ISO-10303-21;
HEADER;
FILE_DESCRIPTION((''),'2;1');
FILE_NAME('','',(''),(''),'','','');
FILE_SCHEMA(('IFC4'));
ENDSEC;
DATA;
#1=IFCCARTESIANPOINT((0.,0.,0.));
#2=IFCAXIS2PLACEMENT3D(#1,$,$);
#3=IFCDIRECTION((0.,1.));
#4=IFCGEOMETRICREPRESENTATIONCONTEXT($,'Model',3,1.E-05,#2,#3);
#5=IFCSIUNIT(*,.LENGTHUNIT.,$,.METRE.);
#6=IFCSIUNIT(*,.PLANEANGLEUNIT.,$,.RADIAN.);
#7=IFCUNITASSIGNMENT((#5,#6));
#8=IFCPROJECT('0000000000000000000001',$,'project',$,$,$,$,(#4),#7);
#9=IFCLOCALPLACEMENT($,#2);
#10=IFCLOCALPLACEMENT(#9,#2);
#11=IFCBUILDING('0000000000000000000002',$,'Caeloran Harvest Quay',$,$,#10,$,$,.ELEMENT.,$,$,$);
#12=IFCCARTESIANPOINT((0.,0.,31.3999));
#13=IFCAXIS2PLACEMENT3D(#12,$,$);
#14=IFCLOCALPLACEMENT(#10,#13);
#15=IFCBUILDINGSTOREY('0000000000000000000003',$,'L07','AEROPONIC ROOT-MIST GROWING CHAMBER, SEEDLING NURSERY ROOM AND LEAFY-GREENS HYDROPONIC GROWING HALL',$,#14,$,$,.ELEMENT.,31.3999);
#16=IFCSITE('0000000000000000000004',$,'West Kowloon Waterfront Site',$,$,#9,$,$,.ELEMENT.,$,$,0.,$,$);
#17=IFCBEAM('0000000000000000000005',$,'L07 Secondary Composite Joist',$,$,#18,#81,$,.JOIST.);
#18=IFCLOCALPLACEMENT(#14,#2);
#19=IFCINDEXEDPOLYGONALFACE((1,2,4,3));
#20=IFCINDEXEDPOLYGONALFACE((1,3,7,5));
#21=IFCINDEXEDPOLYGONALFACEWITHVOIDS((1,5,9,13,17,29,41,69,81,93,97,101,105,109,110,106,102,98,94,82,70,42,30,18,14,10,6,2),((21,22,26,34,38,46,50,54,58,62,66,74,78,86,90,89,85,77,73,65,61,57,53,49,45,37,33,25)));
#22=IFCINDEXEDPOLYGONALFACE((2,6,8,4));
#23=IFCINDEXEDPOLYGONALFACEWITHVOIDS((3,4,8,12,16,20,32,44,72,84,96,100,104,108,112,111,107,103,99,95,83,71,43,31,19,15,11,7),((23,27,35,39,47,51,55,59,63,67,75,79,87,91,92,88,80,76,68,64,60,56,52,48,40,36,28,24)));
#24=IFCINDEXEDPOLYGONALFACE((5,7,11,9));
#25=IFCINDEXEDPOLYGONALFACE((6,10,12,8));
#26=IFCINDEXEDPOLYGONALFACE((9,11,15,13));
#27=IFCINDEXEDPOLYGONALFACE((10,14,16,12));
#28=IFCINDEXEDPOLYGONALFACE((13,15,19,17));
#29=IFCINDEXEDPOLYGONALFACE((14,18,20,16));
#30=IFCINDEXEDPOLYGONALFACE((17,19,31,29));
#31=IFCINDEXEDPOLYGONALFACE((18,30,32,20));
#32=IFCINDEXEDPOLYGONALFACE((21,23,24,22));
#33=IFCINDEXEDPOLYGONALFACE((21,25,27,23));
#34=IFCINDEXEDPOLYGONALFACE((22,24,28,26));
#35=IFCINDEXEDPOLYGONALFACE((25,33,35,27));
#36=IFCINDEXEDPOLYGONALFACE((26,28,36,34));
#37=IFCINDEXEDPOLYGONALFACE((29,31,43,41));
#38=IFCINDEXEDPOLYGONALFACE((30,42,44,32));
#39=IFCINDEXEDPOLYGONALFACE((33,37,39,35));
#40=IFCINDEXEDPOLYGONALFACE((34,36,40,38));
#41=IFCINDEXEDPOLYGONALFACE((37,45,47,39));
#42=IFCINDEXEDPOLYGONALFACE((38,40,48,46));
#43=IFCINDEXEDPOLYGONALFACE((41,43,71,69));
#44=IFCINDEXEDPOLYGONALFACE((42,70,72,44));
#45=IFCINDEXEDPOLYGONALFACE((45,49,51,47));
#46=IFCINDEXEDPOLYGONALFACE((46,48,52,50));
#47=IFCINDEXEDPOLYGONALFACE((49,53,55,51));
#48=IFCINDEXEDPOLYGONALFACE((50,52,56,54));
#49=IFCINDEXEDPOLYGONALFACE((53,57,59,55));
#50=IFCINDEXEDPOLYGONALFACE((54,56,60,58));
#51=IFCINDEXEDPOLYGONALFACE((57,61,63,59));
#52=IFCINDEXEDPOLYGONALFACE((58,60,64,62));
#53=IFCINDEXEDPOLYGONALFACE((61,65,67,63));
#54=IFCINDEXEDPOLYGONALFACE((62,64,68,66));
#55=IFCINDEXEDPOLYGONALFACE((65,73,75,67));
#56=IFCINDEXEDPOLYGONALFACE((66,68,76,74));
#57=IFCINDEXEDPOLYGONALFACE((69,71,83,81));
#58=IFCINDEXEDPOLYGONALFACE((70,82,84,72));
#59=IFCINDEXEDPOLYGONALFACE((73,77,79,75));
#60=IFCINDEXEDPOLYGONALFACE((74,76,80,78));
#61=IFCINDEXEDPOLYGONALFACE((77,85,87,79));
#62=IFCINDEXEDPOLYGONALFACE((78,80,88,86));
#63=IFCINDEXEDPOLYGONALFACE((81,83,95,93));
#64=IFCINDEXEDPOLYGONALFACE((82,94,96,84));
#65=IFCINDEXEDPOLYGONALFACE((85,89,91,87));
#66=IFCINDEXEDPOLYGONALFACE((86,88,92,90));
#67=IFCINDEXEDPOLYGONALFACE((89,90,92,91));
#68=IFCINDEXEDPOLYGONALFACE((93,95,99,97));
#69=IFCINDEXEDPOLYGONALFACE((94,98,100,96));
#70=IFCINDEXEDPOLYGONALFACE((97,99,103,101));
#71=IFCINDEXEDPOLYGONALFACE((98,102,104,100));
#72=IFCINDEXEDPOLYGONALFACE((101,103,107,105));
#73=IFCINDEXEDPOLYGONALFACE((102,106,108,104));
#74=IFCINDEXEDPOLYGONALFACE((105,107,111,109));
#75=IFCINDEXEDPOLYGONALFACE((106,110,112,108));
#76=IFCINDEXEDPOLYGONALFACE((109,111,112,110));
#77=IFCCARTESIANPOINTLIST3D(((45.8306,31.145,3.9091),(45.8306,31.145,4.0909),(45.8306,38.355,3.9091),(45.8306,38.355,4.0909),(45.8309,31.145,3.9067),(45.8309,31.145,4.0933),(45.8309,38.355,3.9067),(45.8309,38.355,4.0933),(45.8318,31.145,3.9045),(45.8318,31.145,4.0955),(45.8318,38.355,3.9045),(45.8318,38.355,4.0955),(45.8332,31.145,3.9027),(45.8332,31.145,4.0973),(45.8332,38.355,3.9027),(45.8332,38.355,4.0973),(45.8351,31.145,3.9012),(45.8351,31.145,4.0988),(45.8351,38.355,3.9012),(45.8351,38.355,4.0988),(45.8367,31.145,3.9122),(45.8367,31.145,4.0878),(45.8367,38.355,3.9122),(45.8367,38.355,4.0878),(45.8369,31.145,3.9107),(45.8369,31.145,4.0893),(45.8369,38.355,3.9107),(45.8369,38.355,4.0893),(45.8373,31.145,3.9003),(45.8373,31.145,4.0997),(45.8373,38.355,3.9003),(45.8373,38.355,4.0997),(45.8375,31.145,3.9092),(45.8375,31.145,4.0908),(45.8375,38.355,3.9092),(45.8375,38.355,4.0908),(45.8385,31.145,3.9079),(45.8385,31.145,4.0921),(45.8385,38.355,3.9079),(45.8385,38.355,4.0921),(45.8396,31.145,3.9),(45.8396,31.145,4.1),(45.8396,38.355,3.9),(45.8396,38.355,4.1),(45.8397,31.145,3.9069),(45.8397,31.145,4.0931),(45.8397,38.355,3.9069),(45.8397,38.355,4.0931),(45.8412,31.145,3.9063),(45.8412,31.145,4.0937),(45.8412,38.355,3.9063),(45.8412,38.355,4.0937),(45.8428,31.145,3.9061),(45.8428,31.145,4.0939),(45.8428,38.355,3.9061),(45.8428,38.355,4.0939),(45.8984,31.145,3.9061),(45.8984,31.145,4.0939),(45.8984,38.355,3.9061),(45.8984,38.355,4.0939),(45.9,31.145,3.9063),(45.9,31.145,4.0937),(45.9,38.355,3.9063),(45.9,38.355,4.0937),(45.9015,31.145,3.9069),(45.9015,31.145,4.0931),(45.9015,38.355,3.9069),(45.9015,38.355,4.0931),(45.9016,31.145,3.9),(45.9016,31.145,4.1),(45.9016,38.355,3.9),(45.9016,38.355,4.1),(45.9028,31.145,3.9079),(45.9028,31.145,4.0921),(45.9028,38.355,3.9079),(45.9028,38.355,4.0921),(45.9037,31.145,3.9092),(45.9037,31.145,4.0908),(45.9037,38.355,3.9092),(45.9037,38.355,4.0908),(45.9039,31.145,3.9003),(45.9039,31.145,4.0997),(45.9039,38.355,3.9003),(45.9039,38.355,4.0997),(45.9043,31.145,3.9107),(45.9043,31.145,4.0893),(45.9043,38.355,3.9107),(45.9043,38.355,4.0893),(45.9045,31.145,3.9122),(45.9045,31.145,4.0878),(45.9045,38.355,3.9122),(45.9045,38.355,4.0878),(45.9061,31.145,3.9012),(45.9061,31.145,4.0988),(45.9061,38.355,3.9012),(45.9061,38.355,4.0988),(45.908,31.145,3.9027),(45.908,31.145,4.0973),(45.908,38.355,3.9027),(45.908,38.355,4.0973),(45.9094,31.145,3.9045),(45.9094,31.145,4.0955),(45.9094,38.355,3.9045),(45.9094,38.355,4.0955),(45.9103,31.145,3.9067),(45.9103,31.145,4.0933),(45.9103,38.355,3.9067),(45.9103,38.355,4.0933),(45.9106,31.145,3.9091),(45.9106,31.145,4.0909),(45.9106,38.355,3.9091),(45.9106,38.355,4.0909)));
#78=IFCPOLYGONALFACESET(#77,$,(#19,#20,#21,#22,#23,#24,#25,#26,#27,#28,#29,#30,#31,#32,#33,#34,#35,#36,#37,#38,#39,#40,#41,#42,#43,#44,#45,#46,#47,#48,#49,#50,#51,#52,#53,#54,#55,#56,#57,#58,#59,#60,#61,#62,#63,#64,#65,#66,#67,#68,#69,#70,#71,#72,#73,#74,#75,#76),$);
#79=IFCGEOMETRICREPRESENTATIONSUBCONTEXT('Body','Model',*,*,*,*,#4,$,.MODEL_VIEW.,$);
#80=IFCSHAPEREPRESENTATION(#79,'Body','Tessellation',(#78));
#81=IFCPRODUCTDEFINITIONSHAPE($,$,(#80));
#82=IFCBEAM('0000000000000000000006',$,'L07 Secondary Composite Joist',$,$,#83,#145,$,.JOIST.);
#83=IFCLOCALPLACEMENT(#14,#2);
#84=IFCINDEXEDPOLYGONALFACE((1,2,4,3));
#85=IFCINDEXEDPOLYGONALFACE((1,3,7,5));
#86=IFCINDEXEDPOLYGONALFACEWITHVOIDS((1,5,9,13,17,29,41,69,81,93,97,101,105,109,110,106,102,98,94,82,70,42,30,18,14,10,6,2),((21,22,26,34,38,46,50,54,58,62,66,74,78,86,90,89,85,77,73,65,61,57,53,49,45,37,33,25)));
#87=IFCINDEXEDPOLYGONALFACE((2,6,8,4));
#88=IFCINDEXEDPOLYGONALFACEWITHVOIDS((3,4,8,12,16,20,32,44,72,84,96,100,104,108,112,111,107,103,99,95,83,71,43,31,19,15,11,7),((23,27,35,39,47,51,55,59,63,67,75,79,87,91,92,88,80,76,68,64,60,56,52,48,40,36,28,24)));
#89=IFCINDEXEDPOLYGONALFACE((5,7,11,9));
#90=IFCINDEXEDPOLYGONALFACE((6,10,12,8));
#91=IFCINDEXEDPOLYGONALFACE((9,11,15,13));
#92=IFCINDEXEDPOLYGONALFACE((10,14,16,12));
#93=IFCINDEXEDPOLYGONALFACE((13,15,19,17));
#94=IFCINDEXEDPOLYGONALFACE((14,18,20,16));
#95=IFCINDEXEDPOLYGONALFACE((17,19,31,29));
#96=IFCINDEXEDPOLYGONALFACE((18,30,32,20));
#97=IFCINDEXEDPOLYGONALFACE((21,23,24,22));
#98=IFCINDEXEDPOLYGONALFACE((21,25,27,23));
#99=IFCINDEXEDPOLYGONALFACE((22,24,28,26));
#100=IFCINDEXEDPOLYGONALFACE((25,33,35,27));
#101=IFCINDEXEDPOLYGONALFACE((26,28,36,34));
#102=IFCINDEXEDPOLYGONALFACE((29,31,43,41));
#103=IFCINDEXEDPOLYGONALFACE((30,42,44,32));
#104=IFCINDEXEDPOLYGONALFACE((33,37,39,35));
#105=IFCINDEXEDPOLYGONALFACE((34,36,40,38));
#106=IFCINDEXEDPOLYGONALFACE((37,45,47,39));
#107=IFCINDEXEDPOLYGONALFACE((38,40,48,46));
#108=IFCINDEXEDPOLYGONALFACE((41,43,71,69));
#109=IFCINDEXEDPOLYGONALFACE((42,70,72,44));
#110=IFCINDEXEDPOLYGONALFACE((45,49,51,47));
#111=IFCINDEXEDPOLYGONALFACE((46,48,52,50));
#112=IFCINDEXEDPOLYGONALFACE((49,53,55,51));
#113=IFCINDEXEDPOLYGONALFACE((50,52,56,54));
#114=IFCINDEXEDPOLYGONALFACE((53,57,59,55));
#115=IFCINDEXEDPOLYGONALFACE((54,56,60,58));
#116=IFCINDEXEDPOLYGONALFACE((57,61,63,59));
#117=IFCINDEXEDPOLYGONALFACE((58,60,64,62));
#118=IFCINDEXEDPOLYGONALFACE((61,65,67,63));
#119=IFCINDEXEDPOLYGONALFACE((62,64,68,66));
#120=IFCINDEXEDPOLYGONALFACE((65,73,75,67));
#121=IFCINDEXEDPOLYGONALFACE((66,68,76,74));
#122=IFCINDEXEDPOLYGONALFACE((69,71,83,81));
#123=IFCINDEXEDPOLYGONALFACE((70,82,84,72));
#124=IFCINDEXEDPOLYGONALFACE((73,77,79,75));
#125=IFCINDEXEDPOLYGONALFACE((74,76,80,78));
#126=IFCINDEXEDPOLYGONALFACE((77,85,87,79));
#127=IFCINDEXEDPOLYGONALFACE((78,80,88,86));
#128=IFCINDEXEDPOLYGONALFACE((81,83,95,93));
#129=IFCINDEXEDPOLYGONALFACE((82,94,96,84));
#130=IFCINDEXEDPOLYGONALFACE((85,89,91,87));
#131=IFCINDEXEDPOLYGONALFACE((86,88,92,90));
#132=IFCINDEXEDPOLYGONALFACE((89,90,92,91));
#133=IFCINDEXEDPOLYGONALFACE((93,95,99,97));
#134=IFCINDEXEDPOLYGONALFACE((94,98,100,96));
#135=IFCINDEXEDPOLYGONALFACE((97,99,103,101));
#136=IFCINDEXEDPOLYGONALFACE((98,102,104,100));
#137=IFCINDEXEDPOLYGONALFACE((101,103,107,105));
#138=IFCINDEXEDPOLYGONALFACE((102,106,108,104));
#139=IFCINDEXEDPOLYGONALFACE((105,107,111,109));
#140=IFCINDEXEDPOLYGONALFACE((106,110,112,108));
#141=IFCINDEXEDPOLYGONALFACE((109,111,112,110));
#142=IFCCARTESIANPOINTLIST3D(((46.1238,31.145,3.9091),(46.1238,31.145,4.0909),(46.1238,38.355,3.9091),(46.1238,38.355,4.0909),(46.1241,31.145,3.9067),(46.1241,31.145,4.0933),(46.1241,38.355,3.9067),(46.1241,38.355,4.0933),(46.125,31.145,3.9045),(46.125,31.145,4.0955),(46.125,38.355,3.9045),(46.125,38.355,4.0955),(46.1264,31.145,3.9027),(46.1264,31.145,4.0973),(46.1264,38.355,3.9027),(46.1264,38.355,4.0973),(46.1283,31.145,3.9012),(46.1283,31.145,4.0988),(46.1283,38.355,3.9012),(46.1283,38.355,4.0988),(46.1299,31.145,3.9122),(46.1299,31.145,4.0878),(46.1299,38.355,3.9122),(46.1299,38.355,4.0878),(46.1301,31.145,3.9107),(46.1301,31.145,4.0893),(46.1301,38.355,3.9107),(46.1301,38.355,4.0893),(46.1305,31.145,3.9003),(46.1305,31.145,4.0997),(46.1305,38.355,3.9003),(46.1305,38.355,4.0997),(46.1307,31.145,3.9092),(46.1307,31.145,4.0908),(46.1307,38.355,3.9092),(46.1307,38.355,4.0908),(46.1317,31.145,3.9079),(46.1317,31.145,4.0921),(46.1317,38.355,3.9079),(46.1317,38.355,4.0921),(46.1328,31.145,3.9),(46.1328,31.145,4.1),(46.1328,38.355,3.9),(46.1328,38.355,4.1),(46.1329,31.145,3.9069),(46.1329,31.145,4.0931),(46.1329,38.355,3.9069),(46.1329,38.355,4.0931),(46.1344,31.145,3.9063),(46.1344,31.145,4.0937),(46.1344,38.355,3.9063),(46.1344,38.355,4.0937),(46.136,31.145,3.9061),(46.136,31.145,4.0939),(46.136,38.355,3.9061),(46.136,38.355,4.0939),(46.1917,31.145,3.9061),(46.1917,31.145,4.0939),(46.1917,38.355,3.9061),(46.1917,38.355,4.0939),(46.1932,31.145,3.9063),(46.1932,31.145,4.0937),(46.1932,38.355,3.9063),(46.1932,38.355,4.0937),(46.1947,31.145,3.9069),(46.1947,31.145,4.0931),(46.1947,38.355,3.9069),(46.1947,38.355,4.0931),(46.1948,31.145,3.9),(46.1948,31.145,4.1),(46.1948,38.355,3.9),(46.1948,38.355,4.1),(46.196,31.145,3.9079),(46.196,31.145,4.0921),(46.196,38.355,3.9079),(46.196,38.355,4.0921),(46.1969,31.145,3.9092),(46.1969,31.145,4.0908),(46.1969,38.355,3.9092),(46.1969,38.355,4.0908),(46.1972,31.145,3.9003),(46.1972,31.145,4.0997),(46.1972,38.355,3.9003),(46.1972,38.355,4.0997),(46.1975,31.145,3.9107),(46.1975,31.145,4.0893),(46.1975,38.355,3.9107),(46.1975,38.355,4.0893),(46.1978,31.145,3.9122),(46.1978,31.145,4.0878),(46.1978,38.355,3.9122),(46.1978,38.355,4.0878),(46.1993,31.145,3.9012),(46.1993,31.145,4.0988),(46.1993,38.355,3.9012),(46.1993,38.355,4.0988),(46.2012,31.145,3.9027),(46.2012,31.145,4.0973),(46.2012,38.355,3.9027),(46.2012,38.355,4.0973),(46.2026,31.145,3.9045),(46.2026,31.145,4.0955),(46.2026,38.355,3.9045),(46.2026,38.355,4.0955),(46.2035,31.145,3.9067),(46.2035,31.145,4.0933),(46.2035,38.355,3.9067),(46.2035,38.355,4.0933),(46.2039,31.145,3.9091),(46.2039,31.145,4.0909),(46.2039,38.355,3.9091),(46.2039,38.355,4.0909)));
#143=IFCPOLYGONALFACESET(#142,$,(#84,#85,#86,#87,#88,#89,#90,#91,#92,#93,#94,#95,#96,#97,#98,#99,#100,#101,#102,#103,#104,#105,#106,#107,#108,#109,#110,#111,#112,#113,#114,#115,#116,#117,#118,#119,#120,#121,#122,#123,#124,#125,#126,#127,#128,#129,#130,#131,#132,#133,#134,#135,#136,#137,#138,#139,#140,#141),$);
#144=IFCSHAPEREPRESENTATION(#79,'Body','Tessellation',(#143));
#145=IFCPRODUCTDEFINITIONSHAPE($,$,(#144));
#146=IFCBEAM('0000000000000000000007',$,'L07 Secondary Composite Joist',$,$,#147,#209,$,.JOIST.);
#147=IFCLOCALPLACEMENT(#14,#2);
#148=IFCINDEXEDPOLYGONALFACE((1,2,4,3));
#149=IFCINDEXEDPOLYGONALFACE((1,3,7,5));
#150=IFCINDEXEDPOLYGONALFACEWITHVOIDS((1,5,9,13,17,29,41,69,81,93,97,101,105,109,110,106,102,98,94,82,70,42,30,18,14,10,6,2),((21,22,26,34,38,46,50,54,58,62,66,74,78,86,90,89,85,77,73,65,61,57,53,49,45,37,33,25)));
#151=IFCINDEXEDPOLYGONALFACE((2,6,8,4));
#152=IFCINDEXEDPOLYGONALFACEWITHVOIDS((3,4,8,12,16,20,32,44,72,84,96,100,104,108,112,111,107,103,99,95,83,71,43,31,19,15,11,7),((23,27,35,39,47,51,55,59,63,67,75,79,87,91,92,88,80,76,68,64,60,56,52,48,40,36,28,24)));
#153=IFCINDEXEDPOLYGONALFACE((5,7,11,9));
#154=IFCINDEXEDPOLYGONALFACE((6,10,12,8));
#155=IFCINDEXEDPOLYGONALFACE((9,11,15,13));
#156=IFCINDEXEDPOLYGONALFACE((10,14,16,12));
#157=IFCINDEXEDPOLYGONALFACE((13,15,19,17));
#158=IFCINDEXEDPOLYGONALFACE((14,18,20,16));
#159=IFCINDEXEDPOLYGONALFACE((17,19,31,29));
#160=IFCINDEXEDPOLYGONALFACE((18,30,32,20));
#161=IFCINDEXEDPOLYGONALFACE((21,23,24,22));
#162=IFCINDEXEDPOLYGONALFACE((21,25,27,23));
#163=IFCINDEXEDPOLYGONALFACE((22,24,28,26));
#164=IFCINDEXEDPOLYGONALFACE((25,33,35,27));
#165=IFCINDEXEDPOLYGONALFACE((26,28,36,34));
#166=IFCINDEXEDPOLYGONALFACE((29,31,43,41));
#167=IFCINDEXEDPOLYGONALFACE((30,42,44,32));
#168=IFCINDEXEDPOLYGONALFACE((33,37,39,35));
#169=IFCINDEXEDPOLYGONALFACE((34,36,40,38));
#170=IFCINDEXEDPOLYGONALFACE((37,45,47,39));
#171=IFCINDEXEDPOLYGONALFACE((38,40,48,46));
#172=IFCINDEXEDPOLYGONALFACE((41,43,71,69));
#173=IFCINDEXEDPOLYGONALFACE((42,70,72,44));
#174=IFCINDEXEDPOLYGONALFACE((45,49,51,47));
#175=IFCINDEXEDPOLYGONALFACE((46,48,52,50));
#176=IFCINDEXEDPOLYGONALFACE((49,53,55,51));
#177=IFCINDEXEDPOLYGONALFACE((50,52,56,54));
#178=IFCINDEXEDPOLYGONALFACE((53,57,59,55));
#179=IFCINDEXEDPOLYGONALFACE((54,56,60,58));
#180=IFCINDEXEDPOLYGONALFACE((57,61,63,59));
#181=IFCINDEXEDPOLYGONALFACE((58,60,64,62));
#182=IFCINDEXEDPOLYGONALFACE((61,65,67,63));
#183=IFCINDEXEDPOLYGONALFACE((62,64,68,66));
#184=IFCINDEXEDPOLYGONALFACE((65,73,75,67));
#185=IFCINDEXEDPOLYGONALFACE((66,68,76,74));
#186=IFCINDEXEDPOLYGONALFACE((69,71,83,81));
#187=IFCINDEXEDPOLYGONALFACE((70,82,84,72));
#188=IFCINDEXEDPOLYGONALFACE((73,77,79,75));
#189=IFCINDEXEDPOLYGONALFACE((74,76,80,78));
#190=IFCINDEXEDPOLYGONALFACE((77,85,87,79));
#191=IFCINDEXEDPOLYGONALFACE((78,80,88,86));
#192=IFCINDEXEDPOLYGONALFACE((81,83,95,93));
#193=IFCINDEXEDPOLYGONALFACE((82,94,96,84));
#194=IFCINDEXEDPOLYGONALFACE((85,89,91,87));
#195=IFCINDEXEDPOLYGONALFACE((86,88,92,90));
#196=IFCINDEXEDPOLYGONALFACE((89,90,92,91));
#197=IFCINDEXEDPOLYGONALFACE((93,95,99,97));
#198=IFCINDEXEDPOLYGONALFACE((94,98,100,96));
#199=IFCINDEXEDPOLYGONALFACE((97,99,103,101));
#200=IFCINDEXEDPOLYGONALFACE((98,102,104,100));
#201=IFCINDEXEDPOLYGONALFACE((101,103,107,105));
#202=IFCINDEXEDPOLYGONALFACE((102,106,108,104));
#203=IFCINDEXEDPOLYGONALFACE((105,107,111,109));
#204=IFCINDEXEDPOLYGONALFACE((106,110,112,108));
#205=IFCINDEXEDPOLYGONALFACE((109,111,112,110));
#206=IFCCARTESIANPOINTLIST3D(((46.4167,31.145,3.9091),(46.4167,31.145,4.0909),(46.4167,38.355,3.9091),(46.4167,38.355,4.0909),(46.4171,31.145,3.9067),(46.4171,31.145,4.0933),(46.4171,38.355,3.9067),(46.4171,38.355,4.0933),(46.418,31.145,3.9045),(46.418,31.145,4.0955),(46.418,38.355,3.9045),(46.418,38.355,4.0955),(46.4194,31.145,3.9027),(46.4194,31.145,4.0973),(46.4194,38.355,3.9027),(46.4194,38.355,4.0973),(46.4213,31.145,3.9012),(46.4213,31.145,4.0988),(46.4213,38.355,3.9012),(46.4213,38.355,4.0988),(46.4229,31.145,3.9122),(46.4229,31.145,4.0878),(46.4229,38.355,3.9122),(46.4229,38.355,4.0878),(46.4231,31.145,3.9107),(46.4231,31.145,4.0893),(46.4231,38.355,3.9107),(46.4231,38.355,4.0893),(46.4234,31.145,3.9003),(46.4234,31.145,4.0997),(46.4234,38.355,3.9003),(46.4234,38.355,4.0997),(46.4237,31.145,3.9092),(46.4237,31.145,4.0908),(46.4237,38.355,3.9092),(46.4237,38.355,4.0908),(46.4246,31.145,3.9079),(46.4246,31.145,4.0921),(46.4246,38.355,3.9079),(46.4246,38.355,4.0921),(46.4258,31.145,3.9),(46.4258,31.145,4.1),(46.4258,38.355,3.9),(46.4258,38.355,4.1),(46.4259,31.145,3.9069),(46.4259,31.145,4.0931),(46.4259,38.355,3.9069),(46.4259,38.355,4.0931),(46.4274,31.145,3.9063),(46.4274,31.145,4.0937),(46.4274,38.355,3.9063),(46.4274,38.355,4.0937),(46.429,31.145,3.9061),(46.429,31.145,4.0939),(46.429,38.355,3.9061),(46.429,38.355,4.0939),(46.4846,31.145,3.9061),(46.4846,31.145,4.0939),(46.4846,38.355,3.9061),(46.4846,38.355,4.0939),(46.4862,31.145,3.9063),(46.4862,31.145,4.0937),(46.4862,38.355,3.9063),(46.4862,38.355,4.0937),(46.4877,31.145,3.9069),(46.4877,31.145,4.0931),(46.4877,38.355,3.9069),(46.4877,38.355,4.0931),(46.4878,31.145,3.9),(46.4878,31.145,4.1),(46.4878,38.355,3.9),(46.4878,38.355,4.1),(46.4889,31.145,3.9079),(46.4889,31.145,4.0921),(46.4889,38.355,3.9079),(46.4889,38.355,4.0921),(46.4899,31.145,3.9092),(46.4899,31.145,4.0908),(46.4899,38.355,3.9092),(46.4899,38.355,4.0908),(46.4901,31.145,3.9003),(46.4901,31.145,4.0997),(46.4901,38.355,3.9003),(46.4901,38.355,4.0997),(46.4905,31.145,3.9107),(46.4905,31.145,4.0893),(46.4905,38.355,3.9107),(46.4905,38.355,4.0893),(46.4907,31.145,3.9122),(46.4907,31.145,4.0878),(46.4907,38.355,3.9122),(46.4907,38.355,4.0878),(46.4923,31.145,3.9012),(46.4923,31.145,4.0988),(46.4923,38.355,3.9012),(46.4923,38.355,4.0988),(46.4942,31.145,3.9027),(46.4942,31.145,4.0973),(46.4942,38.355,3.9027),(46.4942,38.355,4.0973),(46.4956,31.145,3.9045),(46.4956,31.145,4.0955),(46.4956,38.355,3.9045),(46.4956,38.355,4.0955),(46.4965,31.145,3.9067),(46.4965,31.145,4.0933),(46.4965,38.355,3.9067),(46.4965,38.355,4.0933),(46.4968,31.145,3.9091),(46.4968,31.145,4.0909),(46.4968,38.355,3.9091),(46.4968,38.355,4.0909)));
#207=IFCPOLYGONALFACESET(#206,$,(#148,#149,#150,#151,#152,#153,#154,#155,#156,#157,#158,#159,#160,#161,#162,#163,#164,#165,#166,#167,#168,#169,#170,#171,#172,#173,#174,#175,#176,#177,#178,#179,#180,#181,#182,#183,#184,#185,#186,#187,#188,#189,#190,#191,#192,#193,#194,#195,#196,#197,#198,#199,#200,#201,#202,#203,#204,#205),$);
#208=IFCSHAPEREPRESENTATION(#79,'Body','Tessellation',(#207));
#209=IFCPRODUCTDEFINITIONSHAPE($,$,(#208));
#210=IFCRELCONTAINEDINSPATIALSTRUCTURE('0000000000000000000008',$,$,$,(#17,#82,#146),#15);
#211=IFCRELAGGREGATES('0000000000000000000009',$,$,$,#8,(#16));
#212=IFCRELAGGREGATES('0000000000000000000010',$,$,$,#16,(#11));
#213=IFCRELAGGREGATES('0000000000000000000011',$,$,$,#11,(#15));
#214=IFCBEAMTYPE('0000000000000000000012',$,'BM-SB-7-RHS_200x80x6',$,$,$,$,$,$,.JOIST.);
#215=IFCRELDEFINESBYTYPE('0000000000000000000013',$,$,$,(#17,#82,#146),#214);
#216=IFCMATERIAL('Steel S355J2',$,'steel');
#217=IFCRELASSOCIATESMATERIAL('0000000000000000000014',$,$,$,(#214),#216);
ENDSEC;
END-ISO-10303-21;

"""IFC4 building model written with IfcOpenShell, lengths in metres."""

from ifc_helpers import new_model, si_unit, direction, frame, origin, origin_2d, place, context, subcontext, project, spatial, hollow_rectangle, extrude, material, material_profile, profile_set, type_object, element, save


model = new_model("IFC4")

# Units and contexts
model_context = context("Model", 3, precision=1e-05, world=origin(), true_north=direction((0.0, 1.0)))
body_context = subcontext(model_context, "Body", "Model", "MODEL_VIEW")
ifc_project = project(units=[si_unit("LENGTHUNIT", "METRE"), si_unit("PLANEANGLEUNIT", "RADIAN")], contexts=[model_context])

# Site, building, storey
site_placement = place(None, origin())
site = spatial("IfcSite", under=ifc_project, at=site_placement, Name="West Kowloon Waterfront Site", CompositionType="ELEMENT", RefElevation=0.0)
building_placement = place(site_placement, origin())
building = spatial("IfcBuilding", under=site, at=building_placement, Name="Caeloran Harvest Quay", CompositionType="ELEMENT")
storey_placement = place(building_placement, frame((0.0, 0.0, 31.3999)))
storey = spatial("IfcBuildingStorey", under=building, at=storey_placement, Name="L07", Description="AEROPONIC ROOT-MIST GROWING CHAMBER, SEEDLING NURSERY ROOM AND LEAFY-GREENS HYDROPONIC GROWING HALL", CompositionType="ELEMENT", Elevation=31.3999)

# Beams
ifc_material_1 = material(Name="Steel S355J2", Category="steel")
ifc_material_profile_1 = material_profile(ifc_material_1, hollow_rectangle(XDim=0.0801, YDim=0.2, WallThickness=0.0061, InnerFilletRadius=0.0061, OuterFilletRadius=0.009, at=origin_2d()), Name="RHS 200x80x6")
ifc_profile_set_1 = profile_set([ifc_material_profile_1], Name="Steel S355J2")
beam_type_1 = type_object("IfcBeamType", Name="BM-SB-7-RHS_200x80x6", PredefinedType="JOIST", material=ifc_profile_set_1)
for number, where, z_axis, x_axis, name in (
    (1, (45.8706, 31.145, 4.0), (0.0, 1.0, 0.0), (-1.0, 0.0, 0.0), "L07 Secondary Composite Joist"),
    (2, (46.1638, 31.145, 4.0), (0.0, 1.0, 0.0), (-1.0, 0.0, 0.0), "L07 Secondary Composite Joist"),
    (3, (46.4568, 31.145, 4.0), (0.0, 1.0, 0.0), (-1.0, 0.0, 0.0), "L07 Secondary Composite Joist"),
):
    element("IfcBeam", number, at=place(storey_placement, frame(where, z_axis=z_axis, x_axis=x_axis)), inside=storey, type_object=beam_type_1, Name=name, PredefinedType="JOIST", context=body_context, shape_type="SweptSolid", body=[
        extrude(hollow_rectangle(XDim=0.0801, YDim=0.2, WallThickness=0.0061, InnerFilletRadius=0.0061, OuterFilletRadius=0.009, at=origin_2d()), origin(), (0.0, 0.0, 1.0), 7.21),
    ])

save(model, "model.ifc")
